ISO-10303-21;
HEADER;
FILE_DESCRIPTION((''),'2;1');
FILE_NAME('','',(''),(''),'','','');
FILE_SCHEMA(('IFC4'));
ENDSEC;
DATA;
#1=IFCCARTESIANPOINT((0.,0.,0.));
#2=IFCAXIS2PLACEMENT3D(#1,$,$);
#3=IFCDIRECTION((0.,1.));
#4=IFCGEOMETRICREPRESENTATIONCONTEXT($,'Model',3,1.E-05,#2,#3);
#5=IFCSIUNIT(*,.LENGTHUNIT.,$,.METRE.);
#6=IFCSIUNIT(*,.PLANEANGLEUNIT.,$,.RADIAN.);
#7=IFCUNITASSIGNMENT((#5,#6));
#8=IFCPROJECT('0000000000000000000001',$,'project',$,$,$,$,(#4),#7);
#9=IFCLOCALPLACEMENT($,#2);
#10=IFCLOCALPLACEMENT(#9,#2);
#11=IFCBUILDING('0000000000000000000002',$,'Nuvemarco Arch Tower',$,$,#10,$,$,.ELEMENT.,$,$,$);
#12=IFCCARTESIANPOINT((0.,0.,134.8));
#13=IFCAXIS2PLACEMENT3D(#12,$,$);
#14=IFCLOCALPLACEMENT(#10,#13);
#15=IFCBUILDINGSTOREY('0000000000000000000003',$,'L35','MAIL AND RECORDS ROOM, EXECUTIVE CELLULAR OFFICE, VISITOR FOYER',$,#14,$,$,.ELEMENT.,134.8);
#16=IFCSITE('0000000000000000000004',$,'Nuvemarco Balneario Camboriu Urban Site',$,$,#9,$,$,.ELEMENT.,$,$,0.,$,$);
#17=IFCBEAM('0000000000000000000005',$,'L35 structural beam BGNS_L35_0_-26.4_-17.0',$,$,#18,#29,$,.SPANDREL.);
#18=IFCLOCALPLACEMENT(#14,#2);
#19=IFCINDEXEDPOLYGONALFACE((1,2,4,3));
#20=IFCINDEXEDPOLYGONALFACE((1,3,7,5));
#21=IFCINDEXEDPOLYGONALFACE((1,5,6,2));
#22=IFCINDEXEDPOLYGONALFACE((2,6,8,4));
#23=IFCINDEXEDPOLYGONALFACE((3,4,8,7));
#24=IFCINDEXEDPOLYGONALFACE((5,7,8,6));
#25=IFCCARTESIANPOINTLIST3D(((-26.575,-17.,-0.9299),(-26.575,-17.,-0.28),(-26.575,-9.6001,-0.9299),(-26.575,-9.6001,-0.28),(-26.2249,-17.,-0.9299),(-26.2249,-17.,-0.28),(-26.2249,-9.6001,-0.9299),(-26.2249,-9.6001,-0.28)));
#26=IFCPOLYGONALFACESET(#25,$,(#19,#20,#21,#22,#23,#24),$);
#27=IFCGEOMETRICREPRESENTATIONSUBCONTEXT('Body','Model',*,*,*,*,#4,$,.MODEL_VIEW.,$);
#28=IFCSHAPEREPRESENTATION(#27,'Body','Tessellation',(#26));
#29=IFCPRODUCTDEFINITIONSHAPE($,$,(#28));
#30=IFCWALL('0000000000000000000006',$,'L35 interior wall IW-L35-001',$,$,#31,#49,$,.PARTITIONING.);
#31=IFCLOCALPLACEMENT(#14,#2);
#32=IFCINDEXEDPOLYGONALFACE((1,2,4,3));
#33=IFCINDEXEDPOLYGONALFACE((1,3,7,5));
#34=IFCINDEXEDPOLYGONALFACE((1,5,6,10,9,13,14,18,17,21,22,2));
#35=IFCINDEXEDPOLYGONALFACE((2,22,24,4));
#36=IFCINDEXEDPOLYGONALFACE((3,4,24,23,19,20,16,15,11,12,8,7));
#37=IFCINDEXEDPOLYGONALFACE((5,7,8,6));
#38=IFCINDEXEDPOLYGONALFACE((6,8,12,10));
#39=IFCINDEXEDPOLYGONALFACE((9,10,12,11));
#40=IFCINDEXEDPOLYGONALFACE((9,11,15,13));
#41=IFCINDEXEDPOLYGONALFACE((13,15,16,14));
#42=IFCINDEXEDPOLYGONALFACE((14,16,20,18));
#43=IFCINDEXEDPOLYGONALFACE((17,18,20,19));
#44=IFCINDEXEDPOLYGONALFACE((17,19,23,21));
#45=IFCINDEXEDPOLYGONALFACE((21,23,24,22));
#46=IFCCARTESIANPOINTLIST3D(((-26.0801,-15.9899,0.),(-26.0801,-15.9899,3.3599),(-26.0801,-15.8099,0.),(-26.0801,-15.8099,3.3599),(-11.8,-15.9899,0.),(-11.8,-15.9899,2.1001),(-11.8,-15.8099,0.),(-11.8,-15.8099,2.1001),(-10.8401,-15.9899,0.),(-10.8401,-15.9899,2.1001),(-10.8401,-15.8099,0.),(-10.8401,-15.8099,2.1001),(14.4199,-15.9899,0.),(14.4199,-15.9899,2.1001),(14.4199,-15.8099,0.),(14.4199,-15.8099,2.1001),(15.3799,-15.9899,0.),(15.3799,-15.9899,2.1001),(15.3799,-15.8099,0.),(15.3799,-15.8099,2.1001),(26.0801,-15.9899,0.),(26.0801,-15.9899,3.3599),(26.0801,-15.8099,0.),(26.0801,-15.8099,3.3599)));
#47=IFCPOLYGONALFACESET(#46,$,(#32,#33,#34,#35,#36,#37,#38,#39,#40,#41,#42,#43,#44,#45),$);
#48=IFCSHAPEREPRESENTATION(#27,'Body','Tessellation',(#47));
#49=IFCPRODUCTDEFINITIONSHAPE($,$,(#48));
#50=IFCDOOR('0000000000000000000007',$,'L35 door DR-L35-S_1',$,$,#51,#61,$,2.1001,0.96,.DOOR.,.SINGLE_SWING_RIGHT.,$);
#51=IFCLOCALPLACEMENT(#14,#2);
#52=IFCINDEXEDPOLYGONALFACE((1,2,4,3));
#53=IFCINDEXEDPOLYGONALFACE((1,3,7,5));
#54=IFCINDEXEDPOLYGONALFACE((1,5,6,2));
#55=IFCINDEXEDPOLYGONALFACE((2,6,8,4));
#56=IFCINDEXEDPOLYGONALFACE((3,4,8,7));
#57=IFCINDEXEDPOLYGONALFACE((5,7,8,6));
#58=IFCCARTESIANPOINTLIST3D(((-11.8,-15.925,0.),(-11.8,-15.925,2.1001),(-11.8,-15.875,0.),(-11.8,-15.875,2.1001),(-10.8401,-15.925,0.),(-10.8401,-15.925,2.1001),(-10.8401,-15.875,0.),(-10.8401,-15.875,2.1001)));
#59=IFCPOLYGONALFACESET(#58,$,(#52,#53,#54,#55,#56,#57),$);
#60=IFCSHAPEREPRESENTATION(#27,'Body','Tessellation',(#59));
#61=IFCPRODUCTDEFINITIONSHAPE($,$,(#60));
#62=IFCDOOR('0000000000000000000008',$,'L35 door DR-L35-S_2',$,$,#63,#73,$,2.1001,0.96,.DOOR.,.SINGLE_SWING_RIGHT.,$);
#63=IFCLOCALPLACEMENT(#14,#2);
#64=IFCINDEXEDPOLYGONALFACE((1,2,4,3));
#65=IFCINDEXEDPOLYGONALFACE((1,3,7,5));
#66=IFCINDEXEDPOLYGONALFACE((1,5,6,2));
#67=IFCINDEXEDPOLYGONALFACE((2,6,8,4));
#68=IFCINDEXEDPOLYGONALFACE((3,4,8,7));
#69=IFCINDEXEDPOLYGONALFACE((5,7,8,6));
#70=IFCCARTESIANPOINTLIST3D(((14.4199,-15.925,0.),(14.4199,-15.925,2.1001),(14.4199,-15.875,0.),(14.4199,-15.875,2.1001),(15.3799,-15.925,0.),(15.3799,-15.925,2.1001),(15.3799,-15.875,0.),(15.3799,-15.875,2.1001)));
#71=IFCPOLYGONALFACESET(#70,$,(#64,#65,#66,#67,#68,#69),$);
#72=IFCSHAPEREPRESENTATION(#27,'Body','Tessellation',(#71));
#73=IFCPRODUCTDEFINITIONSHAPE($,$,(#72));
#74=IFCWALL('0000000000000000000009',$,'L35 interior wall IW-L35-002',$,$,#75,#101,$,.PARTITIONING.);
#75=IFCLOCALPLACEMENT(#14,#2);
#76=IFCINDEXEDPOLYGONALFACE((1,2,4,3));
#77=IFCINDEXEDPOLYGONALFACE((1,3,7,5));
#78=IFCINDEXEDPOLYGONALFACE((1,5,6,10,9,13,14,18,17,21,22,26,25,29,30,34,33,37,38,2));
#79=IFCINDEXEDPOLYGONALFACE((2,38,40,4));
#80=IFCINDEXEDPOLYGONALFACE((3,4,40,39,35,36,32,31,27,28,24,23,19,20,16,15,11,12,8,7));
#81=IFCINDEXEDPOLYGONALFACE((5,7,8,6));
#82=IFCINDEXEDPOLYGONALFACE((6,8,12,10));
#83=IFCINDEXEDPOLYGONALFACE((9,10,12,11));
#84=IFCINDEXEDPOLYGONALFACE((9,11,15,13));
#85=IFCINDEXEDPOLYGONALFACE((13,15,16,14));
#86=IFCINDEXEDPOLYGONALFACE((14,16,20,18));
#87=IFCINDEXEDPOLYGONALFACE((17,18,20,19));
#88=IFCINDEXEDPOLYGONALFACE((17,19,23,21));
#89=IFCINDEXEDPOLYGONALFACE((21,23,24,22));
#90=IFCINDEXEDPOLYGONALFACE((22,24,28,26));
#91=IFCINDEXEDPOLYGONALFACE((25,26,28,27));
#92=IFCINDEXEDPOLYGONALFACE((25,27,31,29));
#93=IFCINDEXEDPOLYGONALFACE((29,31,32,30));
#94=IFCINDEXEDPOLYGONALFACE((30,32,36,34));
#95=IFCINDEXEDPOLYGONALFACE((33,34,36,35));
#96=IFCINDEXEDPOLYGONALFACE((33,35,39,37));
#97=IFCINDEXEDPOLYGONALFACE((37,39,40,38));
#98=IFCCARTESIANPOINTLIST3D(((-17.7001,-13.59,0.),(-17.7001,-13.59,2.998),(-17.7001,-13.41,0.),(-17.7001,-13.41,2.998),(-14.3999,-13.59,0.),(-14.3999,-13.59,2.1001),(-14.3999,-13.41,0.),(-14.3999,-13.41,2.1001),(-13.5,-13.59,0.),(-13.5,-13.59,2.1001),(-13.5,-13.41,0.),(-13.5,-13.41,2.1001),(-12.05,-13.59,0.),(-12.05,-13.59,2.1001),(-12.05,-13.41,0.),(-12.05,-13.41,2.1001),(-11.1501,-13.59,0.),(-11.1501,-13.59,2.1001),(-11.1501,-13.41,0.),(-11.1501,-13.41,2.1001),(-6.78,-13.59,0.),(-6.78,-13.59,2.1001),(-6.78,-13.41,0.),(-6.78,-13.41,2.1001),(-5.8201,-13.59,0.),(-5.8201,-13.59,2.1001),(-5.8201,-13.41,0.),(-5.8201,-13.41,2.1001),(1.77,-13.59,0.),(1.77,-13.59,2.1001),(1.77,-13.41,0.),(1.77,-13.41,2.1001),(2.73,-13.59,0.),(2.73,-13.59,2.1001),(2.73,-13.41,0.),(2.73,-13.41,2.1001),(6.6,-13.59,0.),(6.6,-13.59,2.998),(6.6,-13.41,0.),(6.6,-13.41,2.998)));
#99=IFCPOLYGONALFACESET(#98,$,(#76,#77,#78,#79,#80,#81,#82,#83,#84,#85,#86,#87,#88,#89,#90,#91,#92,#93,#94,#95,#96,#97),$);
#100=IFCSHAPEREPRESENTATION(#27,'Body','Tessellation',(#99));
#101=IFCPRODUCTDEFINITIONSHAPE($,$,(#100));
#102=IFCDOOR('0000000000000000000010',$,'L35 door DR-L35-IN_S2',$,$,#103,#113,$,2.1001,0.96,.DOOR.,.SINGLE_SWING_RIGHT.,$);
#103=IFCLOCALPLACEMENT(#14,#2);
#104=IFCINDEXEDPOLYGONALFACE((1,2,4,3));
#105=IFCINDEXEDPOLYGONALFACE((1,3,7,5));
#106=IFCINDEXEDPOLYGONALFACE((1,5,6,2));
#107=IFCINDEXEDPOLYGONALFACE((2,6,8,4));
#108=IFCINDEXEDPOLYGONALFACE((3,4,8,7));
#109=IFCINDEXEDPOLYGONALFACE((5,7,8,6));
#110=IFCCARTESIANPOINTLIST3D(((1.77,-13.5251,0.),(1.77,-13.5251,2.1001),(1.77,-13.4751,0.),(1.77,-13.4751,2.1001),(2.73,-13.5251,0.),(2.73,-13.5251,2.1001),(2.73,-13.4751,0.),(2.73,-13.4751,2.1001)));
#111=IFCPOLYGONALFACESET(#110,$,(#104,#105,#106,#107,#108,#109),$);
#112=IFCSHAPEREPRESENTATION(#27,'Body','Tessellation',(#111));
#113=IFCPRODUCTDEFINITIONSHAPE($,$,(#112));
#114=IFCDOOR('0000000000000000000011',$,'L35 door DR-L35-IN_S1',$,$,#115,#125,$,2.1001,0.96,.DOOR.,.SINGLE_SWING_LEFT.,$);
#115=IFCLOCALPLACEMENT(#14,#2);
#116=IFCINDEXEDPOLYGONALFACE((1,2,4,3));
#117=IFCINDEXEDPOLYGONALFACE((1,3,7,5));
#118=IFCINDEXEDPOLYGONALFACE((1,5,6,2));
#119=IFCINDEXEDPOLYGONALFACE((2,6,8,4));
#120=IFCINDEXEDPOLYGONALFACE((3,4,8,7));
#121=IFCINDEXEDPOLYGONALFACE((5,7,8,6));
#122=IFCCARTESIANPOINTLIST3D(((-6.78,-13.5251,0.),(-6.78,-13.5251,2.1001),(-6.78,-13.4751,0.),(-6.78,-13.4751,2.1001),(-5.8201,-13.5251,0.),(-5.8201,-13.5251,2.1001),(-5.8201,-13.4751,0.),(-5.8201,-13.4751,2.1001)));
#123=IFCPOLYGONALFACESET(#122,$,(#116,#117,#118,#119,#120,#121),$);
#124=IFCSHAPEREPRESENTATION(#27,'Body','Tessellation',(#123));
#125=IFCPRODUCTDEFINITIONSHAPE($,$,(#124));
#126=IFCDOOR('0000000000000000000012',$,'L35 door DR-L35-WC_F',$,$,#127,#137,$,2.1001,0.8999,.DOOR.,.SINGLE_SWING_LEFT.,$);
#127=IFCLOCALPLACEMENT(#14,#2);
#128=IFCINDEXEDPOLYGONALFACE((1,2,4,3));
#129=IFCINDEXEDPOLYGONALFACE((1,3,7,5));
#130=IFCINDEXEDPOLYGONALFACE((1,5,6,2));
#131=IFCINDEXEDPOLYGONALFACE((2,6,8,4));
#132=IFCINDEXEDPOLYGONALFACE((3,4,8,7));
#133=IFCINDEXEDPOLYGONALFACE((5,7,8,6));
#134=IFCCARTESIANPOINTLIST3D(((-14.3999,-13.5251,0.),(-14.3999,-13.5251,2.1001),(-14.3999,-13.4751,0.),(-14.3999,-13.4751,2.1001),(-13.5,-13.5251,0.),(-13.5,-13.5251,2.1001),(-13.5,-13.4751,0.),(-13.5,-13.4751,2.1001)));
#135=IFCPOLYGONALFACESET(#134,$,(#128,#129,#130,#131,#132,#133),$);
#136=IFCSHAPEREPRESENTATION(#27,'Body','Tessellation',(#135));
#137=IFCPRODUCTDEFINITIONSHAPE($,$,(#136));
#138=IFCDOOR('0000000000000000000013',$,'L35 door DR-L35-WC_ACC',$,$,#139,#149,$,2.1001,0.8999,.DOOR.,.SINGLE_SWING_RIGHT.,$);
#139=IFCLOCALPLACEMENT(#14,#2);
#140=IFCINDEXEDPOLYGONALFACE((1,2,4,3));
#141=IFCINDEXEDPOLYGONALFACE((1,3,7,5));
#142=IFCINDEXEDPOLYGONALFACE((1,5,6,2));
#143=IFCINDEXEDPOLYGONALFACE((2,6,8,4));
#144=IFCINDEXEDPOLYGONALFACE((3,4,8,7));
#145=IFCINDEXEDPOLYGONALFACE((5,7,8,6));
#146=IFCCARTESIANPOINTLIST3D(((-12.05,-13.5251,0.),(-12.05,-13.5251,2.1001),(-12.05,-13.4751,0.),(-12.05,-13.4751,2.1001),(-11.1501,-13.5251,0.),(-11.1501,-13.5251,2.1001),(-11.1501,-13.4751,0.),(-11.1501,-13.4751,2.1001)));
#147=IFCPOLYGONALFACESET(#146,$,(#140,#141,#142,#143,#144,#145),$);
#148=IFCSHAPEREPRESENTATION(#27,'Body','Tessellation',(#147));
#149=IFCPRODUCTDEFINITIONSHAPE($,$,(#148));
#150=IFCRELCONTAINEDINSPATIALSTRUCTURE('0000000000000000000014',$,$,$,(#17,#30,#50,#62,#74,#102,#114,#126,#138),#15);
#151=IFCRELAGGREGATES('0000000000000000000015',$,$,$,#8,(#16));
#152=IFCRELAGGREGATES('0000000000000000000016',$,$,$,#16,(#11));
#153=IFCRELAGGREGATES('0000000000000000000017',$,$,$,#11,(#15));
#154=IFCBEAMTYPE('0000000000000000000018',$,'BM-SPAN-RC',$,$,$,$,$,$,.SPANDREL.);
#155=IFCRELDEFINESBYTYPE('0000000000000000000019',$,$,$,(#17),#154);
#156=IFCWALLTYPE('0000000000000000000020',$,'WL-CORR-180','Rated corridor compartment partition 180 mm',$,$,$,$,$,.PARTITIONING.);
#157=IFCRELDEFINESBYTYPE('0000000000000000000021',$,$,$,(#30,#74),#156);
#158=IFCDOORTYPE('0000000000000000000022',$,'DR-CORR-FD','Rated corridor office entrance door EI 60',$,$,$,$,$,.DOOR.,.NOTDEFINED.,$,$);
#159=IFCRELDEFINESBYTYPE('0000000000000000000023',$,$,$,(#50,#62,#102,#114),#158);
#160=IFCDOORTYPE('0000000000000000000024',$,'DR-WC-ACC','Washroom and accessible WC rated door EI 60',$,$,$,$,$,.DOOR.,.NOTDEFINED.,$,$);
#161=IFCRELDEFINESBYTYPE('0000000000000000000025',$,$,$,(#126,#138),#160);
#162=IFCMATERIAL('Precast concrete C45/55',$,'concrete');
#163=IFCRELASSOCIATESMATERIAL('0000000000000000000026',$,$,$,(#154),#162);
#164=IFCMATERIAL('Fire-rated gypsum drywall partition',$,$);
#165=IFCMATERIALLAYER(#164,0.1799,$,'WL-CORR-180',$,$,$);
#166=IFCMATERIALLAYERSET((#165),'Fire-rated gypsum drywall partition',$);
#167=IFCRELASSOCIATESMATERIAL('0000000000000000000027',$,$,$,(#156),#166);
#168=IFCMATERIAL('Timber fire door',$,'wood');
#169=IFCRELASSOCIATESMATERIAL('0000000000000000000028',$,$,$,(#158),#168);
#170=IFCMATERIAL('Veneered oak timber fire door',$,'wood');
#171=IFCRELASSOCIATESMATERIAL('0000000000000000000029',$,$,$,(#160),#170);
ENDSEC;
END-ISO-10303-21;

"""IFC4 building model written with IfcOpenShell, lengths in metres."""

from ifc_helpers import new_model, si_unit, direction, frame, frame_2d, origin, origin_2d, place, context, subcontext, project, spatial, rectangle, extrude, source, transform, mapped, material, layer, layer_set, material_profile, profile_set, type_object, type_shapes, element, fill, save


model = new_model("IFC4")

# Units and contexts
model_context = context("Model", 3, precision=1e-05, world=origin(), true_north=direction((0.0, 1.0)))
body_context = subcontext(model_context, "Body", "Model", "MODEL_VIEW")
ifc_project = project(units=[si_unit("LENGTHUNIT", "METRE"), si_unit("PLANEANGLEUNIT", "RADIAN")], contexts=[model_context])

# Site, building, storey
site_placement = place(None, origin())
site = spatial("IfcSite", under=ifc_project, at=site_placement, Name="Nuvemarco Balneario Camboriu Urban Site", CompositionType="ELEMENT", RefElevation=0.0)
building_placement = place(site_placement, origin())
building = spatial("IfcBuilding", under=site, at=building_placement, Name="Nuvemarco Arch Tower", CompositionType="ELEMENT")
storey_placement = place(building_placement, frame((0.0, 0.0, 134.8)))
storey = spatial("IfcBuildingStorey", under=building, at=storey_placement, Name="L35", Description="MAIL AND RECORDS ROOM, EXECUTIVE CELLULAR OFFICE, VISITOR FOYER", CompositionType="ELEMENT", Elevation=134.8)

# Beam
ifc_material_1 = material(Name="Precast concrete C45/55", Category="concrete")
ifc_material_profile_1 = material_profile(ifc_material_1, rectangle(XDim=0.3501, YDim=0.6499, at=origin_2d()), Name="PC-SP-350x650")
ifc_profile_set_1 = profile_set([ifc_material_profile_1], Name="Precast concrete C45/55")
beam_type_1 = type_object("IfcBeamType", Name="BM-SPAN-RC", PredefinedType="SPANDREL", material=ifc_profile_set_1)
beam_1_placement = place(storey_placement, frame((-26.3999, -17.0, -0.605), z_axis=(0.0, 1.0, 0.0), x_axis=(-1.0, 0.0, 0.0)))
element("IfcBeam", 1, at=beam_1_placement, inside=storey, type_object=beam_type_1, Name="L35 structural beam BGNS_L35_0_-26.4_-17.0", PredefinedType="SPANDREL", context=body_context, shape_type="SweptSolid", body=[
    extrude(rectangle(XDim=0.3501, YDim=0.6499, at=origin_2d()), origin(), (0.0, 0.0, 1.0), 7.3999),
])

# Walls, openings, doors
ifc_material_2 = material(Name="Fire-rated gypsum drywall partition")
ifc_layer = layer(ifc_material_2, 0.1799, Name="WL-CORR-180")
ifc_layer_set = layer_set([ifc_layer], Name="Fire-rated gypsum drywall partition")
wall_type = type_object("IfcWallType", Name="WL-CORR-180", Description="Rated corridor compartment partition 180 mm", PredefinedType="PARTITIONING", material=ifc_layer_set)
wall_1_placement = place(storey_placement, frame((-26.0801, -15.8999, 0.0), z_axis=(0.0, 0.0, 1.0), x_axis=(1.0, 0.0, 0.0)))
wall_1 = element("IfcWall", 2, at=wall_1_placement, inside=storey, type_object=wall_type, Name="L35 interior wall IW-L35-001", PredefinedType="PARTITIONING", context=body_context, shape_type="SweptSolid", body=[
    extrude(rectangle(XDim=52.1602, YDim=0.1799, at=frame_2d((26.0801, 0.0))), origin(), (0.0, 0.0, 1.0), 3.3599),
])
opening_1_placement = place(wall_1_placement, frame((14.28, 0.0, 0.0)))
opening_1 = element("IfcOpeningElement", 3, at=opening_1_placement, cuts=wall_1, PredefinedType="OPENING", context=body_context, shape_type="SweptSolid", body=[
    extrude(rectangle(XDim=0.96, YDim=2.1001, at=frame_2d((0.48, 1.05))), frame((0.0, 0.0999, 0.0), z_axis=(0.0, -1.0, 0.0), x_axis=(1.0, 0.0, 0.0)), (0.0, 0.0, 1.0), 0.2),
])
opening_2_placement = place(wall_1_placement, frame((40.5, 0.0, 0.0)))
opening_2 = element("IfcOpeningElement", 4, at=opening_2_placement, cuts=wall_1, PredefinedType="OPENING", context=body_context, shape_type="SweptSolid", body=[
    extrude(rectangle(XDim=0.96, YDim=2.1001, at=frame_2d((0.48, 1.05))), frame((0.0, 0.0999, 0.0), z_axis=(0.0, -1.0, 0.0), x_axis=(1.0, 0.0, 0.0)), (0.0, 0.0, 1.0), 0.2),
])
ifc_material_3 = material(Name="Timber fire door", Category="wood")
door_type_1 = type_object("IfcDoorType", Name="DR-CORR-FD", Description="Rated corridor office entrance door EI 60", OperationType="NOTDEFINED", PredefinedType="DOOR", material=ifc_material_3)
shared_shape_1 = source(origin(), body_context, "Body", "SweptSolid", [
    extrude(rectangle(XDim=0.96, YDim=2.1001, at=frame_2d((0.48, 1.05))), frame((0.0, 0.0249, 0.0), z_axis=(0.0, -1.0, 0.0), x_axis=(1.0, 0.0, 0.0)), (0.0, 0.0, 1.0), 0.05),
])
type_shapes(door_type_1, [shared_shape_1])
door_1_placement = place(opening_1_placement, origin())
door_1 = element("IfcDoor", 5, at=door_1_placement, inside=storey, type_object=door_type_1, Name="L35 door DR-L35-S_1", OperationType="SINGLE_SWING_RIGHT", OverallHeight=2.1001, OverallWidth=0.96, PredefinedType="DOOR", context=body_context, shape_type="MappedRepresentation", body=[
    mapped(shared_shape_1, transform((0.0, 0.0, 0.0), scale=1.0)),
])
fill(opening_1, door_1)
door_2_placement = place(opening_2_placement, origin())
door_2 = element("IfcDoor", 6, at=door_2_placement, inside=storey, type_object=door_type_1, Name="L35 door DR-L35-S_2", OperationType="SINGLE_SWING_RIGHT", OverallHeight=2.1001, OverallWidth=0.96, PredefinedType="DOOR", context=body_context, shape_type="MappedRepresentation", body=[
    mapped(shared_shape_1, transform((0.0, 0.0, 0.0), scale=1.0)),
])
fill(opening_2, door_2)
wall_2_placement = place(storey_placement, frame((-17.7, -13.5, 0.0), z_axis=(0.0, 0.0, 1.0), x_axis=(1.0, 0.0, 0.0)))
wall_2 = element("IfcWall", 7, at=wall_2_placement, inside=storey, type_object=wall_type, Name="L35 interior wall IW-L35-002", PredefinedType="PARTITIONING", context=body_context, shape_type="SweptSolid", body=[
    extrude(rectangle(XDim=24.3, YDim=0.1799, at=frame_2d((12.1499, 0.0))), origin(), (0.0, 0.0, 1.0), 2.998),
])
opening_3_placement = place(wall_2_placement, frame((19.47, 0.0, 0.0)))
opening_3 = element("IfcOpeningElement", 8, at=opening_3_placement, cuts=wall_2, PredefinedType="OPENING", context=body_context, shape_type="SweptSolid", body=[
    extrude(rectangle(XDim=0.96, YDim=2.1001, at=frame_2d((0.48, 1.05))), frame((0.0, 0.0999, 0.0), z_axis=(0.0, -1.0, 0.0), x_axis=(1.0, 0.0, 0.0)), (0.0, 0.0, 1.0), 0.2),
])
opening_4_placement = place(wall_2_placement, frame((10.9199, 0.0, 0.0)))
opening_4 = element("IfcOpeningElement", 9, at=opening_4_placement, cuts=wall_2, PredefinedType="OPENING", context=body_context, shape_type="SweptSolid", body=[
    extrude(rectangle(XDim=0.96, YDim=2.1001, at=frame_2d((0.48, 1.05))), frame((0.0, 0.0999, 0.0), z_axis=(0.0, -1.0, 0.0), x_axis=(1.0, 0.0, 0.0)), (0.0, 0.0, 1.0), 0.2),
])
opening_5_placement = place(wall_2_placement, frame((3.3, 0.0, 0.0)))
opening_5 = element("IfcOpeningElement", 10, at=opening_5_placement, cuts=wall_2, PredefinedType="OPENING", context=body_context, shape_type="SweptSolid", body=[
    extrude(rectangle(XDim=0.8999, YDim=2.1001, at=frame_2d((0.45, 1.05))), frame((0.0, 0.0999, 0.0), z_axis=(0.0, -1.0, 0.0), x_axis=(1.0, 0.0, 0.0)), (0.0, 0.0, 1.0), 0.2),
])
opening_6_placement = place(wall_2_placement, frame((5.6499, 0.0, 0.0)))
opening_6 = element("IfcOpeningElement", 11, at=opening_6_placement, cuts=wall_2, PredefinedType="OPENING", context=body_context, shape_type="SweptSolid", body=[
    extrude(rectangle(XDim=0.8999, YDim=2.1001, at=frame_2d((0.45, 1.05))), frame((0.0, 0.0999, 0.0), z_axis=(0.0, -1.0, 0.0), x_axis=(1.0, 0.0, 0.0)), (0.0, 0.0, 1.0), 0.2),
])
door_3_placement = place(opening_3_placement, origin())
door_3 = element("IfcDoor", 12, at=door_3_placement, inside=storey, type_object=door_type_1, Name="L35 door DR-L35-IN_S2", OperationType="SINGLE_SWING_RIGHT", OverallHeight=2.1001, OverallWidth=0.96, PredefinedType="DOOR", context=body_context, shape_type="MappedRepresentation", body=[
    mapped(shared_shape_1, transform((0.0, 0.0, 0.0), scale=1.0)),
])
fill(opening_3, door_3)
door_4_placement = place(opening_4_placement, origin())
door_4 = element("IfcDoor", 13, at=door_4_placement, inside=storey, type_object=door_type_1, Name="L35 door DR-L35-IN_S1", OperationType="SINGLE_SWING_LEFT", OverallHeight=2.1001, OverallWidth=0.96, PredefinedType="DOOR", context=body_context, shape_type="MappedRepresentation", body=[
    mapped(shared_shape_1, transform((0.0, 0.0, 0.0), scale=1.0)),
])
fill(opening_4, door_4)
ifc_material_4 = material(Name="Veneered oak timber fire door", Category="wood")
door_type_2 = type_object("IfcDoorType", Name="DR-WC-ACC", Description="Washroom and accessible WC rated door EI 60", OperationType="NOTDEFINED", PredefinedType="DOOR", material=ifc_material_4)
shared_shape_2 = source(origin(), body_context, "Body", "SweptSolid", [
    extrude(rectangle(XDim=0.8999, YDim=2.1001, at=frame_2d((0.45, 1.05))), frame((0.0, 0.0249, 0.0), z_axis=(0.0, -1.0, 0.0), x_axis=(1.0, 0.0, 0.0)), (0.0, 0.0, 1.0), 0.05),
])
type_shapes(door_type_2, [shared_shape_2])
door_5_placement = place(opening_5_placement, origin())
door_5 = element("IfcDoor", 14, at=door_5_placement, inside=storey, type_object=door_type_2, Name="L35 door DR-L35-WC_F", OperationType="SINGLE_SWING_LEFT", OverallHeight=2.1001, OverallWidth=0.8999, PredefinedType="DOOR", context=body_context, shape_type="MappedRepresentation", body=[
    mapped(shared_shape_2, transform((0.0, 0.0, 0.0), scale=1.0)),
])
fill(opening_5, door_5)
door_6_placement = place(opening_6_placement, origin())
door_6 = element("IfcDoor", 15, at=door_6_placement, inside=storey, type_object=door_type_2, Name="L35 door DR-L35-WC_ACC", OperationType="SINGLE_SWING_RIGHT", OverallHeight=2.1001, OverallWidth=0.8999, PredefinedType="DOOR", context=body_context, shape_type="MappedRepresentation", body=[
    mapped(shared_shape_2, transform((0.0, 0.0, 0.0), scale=1.0)),
])
fill(opening_6, door_6)

save(model, "model.ifc")
